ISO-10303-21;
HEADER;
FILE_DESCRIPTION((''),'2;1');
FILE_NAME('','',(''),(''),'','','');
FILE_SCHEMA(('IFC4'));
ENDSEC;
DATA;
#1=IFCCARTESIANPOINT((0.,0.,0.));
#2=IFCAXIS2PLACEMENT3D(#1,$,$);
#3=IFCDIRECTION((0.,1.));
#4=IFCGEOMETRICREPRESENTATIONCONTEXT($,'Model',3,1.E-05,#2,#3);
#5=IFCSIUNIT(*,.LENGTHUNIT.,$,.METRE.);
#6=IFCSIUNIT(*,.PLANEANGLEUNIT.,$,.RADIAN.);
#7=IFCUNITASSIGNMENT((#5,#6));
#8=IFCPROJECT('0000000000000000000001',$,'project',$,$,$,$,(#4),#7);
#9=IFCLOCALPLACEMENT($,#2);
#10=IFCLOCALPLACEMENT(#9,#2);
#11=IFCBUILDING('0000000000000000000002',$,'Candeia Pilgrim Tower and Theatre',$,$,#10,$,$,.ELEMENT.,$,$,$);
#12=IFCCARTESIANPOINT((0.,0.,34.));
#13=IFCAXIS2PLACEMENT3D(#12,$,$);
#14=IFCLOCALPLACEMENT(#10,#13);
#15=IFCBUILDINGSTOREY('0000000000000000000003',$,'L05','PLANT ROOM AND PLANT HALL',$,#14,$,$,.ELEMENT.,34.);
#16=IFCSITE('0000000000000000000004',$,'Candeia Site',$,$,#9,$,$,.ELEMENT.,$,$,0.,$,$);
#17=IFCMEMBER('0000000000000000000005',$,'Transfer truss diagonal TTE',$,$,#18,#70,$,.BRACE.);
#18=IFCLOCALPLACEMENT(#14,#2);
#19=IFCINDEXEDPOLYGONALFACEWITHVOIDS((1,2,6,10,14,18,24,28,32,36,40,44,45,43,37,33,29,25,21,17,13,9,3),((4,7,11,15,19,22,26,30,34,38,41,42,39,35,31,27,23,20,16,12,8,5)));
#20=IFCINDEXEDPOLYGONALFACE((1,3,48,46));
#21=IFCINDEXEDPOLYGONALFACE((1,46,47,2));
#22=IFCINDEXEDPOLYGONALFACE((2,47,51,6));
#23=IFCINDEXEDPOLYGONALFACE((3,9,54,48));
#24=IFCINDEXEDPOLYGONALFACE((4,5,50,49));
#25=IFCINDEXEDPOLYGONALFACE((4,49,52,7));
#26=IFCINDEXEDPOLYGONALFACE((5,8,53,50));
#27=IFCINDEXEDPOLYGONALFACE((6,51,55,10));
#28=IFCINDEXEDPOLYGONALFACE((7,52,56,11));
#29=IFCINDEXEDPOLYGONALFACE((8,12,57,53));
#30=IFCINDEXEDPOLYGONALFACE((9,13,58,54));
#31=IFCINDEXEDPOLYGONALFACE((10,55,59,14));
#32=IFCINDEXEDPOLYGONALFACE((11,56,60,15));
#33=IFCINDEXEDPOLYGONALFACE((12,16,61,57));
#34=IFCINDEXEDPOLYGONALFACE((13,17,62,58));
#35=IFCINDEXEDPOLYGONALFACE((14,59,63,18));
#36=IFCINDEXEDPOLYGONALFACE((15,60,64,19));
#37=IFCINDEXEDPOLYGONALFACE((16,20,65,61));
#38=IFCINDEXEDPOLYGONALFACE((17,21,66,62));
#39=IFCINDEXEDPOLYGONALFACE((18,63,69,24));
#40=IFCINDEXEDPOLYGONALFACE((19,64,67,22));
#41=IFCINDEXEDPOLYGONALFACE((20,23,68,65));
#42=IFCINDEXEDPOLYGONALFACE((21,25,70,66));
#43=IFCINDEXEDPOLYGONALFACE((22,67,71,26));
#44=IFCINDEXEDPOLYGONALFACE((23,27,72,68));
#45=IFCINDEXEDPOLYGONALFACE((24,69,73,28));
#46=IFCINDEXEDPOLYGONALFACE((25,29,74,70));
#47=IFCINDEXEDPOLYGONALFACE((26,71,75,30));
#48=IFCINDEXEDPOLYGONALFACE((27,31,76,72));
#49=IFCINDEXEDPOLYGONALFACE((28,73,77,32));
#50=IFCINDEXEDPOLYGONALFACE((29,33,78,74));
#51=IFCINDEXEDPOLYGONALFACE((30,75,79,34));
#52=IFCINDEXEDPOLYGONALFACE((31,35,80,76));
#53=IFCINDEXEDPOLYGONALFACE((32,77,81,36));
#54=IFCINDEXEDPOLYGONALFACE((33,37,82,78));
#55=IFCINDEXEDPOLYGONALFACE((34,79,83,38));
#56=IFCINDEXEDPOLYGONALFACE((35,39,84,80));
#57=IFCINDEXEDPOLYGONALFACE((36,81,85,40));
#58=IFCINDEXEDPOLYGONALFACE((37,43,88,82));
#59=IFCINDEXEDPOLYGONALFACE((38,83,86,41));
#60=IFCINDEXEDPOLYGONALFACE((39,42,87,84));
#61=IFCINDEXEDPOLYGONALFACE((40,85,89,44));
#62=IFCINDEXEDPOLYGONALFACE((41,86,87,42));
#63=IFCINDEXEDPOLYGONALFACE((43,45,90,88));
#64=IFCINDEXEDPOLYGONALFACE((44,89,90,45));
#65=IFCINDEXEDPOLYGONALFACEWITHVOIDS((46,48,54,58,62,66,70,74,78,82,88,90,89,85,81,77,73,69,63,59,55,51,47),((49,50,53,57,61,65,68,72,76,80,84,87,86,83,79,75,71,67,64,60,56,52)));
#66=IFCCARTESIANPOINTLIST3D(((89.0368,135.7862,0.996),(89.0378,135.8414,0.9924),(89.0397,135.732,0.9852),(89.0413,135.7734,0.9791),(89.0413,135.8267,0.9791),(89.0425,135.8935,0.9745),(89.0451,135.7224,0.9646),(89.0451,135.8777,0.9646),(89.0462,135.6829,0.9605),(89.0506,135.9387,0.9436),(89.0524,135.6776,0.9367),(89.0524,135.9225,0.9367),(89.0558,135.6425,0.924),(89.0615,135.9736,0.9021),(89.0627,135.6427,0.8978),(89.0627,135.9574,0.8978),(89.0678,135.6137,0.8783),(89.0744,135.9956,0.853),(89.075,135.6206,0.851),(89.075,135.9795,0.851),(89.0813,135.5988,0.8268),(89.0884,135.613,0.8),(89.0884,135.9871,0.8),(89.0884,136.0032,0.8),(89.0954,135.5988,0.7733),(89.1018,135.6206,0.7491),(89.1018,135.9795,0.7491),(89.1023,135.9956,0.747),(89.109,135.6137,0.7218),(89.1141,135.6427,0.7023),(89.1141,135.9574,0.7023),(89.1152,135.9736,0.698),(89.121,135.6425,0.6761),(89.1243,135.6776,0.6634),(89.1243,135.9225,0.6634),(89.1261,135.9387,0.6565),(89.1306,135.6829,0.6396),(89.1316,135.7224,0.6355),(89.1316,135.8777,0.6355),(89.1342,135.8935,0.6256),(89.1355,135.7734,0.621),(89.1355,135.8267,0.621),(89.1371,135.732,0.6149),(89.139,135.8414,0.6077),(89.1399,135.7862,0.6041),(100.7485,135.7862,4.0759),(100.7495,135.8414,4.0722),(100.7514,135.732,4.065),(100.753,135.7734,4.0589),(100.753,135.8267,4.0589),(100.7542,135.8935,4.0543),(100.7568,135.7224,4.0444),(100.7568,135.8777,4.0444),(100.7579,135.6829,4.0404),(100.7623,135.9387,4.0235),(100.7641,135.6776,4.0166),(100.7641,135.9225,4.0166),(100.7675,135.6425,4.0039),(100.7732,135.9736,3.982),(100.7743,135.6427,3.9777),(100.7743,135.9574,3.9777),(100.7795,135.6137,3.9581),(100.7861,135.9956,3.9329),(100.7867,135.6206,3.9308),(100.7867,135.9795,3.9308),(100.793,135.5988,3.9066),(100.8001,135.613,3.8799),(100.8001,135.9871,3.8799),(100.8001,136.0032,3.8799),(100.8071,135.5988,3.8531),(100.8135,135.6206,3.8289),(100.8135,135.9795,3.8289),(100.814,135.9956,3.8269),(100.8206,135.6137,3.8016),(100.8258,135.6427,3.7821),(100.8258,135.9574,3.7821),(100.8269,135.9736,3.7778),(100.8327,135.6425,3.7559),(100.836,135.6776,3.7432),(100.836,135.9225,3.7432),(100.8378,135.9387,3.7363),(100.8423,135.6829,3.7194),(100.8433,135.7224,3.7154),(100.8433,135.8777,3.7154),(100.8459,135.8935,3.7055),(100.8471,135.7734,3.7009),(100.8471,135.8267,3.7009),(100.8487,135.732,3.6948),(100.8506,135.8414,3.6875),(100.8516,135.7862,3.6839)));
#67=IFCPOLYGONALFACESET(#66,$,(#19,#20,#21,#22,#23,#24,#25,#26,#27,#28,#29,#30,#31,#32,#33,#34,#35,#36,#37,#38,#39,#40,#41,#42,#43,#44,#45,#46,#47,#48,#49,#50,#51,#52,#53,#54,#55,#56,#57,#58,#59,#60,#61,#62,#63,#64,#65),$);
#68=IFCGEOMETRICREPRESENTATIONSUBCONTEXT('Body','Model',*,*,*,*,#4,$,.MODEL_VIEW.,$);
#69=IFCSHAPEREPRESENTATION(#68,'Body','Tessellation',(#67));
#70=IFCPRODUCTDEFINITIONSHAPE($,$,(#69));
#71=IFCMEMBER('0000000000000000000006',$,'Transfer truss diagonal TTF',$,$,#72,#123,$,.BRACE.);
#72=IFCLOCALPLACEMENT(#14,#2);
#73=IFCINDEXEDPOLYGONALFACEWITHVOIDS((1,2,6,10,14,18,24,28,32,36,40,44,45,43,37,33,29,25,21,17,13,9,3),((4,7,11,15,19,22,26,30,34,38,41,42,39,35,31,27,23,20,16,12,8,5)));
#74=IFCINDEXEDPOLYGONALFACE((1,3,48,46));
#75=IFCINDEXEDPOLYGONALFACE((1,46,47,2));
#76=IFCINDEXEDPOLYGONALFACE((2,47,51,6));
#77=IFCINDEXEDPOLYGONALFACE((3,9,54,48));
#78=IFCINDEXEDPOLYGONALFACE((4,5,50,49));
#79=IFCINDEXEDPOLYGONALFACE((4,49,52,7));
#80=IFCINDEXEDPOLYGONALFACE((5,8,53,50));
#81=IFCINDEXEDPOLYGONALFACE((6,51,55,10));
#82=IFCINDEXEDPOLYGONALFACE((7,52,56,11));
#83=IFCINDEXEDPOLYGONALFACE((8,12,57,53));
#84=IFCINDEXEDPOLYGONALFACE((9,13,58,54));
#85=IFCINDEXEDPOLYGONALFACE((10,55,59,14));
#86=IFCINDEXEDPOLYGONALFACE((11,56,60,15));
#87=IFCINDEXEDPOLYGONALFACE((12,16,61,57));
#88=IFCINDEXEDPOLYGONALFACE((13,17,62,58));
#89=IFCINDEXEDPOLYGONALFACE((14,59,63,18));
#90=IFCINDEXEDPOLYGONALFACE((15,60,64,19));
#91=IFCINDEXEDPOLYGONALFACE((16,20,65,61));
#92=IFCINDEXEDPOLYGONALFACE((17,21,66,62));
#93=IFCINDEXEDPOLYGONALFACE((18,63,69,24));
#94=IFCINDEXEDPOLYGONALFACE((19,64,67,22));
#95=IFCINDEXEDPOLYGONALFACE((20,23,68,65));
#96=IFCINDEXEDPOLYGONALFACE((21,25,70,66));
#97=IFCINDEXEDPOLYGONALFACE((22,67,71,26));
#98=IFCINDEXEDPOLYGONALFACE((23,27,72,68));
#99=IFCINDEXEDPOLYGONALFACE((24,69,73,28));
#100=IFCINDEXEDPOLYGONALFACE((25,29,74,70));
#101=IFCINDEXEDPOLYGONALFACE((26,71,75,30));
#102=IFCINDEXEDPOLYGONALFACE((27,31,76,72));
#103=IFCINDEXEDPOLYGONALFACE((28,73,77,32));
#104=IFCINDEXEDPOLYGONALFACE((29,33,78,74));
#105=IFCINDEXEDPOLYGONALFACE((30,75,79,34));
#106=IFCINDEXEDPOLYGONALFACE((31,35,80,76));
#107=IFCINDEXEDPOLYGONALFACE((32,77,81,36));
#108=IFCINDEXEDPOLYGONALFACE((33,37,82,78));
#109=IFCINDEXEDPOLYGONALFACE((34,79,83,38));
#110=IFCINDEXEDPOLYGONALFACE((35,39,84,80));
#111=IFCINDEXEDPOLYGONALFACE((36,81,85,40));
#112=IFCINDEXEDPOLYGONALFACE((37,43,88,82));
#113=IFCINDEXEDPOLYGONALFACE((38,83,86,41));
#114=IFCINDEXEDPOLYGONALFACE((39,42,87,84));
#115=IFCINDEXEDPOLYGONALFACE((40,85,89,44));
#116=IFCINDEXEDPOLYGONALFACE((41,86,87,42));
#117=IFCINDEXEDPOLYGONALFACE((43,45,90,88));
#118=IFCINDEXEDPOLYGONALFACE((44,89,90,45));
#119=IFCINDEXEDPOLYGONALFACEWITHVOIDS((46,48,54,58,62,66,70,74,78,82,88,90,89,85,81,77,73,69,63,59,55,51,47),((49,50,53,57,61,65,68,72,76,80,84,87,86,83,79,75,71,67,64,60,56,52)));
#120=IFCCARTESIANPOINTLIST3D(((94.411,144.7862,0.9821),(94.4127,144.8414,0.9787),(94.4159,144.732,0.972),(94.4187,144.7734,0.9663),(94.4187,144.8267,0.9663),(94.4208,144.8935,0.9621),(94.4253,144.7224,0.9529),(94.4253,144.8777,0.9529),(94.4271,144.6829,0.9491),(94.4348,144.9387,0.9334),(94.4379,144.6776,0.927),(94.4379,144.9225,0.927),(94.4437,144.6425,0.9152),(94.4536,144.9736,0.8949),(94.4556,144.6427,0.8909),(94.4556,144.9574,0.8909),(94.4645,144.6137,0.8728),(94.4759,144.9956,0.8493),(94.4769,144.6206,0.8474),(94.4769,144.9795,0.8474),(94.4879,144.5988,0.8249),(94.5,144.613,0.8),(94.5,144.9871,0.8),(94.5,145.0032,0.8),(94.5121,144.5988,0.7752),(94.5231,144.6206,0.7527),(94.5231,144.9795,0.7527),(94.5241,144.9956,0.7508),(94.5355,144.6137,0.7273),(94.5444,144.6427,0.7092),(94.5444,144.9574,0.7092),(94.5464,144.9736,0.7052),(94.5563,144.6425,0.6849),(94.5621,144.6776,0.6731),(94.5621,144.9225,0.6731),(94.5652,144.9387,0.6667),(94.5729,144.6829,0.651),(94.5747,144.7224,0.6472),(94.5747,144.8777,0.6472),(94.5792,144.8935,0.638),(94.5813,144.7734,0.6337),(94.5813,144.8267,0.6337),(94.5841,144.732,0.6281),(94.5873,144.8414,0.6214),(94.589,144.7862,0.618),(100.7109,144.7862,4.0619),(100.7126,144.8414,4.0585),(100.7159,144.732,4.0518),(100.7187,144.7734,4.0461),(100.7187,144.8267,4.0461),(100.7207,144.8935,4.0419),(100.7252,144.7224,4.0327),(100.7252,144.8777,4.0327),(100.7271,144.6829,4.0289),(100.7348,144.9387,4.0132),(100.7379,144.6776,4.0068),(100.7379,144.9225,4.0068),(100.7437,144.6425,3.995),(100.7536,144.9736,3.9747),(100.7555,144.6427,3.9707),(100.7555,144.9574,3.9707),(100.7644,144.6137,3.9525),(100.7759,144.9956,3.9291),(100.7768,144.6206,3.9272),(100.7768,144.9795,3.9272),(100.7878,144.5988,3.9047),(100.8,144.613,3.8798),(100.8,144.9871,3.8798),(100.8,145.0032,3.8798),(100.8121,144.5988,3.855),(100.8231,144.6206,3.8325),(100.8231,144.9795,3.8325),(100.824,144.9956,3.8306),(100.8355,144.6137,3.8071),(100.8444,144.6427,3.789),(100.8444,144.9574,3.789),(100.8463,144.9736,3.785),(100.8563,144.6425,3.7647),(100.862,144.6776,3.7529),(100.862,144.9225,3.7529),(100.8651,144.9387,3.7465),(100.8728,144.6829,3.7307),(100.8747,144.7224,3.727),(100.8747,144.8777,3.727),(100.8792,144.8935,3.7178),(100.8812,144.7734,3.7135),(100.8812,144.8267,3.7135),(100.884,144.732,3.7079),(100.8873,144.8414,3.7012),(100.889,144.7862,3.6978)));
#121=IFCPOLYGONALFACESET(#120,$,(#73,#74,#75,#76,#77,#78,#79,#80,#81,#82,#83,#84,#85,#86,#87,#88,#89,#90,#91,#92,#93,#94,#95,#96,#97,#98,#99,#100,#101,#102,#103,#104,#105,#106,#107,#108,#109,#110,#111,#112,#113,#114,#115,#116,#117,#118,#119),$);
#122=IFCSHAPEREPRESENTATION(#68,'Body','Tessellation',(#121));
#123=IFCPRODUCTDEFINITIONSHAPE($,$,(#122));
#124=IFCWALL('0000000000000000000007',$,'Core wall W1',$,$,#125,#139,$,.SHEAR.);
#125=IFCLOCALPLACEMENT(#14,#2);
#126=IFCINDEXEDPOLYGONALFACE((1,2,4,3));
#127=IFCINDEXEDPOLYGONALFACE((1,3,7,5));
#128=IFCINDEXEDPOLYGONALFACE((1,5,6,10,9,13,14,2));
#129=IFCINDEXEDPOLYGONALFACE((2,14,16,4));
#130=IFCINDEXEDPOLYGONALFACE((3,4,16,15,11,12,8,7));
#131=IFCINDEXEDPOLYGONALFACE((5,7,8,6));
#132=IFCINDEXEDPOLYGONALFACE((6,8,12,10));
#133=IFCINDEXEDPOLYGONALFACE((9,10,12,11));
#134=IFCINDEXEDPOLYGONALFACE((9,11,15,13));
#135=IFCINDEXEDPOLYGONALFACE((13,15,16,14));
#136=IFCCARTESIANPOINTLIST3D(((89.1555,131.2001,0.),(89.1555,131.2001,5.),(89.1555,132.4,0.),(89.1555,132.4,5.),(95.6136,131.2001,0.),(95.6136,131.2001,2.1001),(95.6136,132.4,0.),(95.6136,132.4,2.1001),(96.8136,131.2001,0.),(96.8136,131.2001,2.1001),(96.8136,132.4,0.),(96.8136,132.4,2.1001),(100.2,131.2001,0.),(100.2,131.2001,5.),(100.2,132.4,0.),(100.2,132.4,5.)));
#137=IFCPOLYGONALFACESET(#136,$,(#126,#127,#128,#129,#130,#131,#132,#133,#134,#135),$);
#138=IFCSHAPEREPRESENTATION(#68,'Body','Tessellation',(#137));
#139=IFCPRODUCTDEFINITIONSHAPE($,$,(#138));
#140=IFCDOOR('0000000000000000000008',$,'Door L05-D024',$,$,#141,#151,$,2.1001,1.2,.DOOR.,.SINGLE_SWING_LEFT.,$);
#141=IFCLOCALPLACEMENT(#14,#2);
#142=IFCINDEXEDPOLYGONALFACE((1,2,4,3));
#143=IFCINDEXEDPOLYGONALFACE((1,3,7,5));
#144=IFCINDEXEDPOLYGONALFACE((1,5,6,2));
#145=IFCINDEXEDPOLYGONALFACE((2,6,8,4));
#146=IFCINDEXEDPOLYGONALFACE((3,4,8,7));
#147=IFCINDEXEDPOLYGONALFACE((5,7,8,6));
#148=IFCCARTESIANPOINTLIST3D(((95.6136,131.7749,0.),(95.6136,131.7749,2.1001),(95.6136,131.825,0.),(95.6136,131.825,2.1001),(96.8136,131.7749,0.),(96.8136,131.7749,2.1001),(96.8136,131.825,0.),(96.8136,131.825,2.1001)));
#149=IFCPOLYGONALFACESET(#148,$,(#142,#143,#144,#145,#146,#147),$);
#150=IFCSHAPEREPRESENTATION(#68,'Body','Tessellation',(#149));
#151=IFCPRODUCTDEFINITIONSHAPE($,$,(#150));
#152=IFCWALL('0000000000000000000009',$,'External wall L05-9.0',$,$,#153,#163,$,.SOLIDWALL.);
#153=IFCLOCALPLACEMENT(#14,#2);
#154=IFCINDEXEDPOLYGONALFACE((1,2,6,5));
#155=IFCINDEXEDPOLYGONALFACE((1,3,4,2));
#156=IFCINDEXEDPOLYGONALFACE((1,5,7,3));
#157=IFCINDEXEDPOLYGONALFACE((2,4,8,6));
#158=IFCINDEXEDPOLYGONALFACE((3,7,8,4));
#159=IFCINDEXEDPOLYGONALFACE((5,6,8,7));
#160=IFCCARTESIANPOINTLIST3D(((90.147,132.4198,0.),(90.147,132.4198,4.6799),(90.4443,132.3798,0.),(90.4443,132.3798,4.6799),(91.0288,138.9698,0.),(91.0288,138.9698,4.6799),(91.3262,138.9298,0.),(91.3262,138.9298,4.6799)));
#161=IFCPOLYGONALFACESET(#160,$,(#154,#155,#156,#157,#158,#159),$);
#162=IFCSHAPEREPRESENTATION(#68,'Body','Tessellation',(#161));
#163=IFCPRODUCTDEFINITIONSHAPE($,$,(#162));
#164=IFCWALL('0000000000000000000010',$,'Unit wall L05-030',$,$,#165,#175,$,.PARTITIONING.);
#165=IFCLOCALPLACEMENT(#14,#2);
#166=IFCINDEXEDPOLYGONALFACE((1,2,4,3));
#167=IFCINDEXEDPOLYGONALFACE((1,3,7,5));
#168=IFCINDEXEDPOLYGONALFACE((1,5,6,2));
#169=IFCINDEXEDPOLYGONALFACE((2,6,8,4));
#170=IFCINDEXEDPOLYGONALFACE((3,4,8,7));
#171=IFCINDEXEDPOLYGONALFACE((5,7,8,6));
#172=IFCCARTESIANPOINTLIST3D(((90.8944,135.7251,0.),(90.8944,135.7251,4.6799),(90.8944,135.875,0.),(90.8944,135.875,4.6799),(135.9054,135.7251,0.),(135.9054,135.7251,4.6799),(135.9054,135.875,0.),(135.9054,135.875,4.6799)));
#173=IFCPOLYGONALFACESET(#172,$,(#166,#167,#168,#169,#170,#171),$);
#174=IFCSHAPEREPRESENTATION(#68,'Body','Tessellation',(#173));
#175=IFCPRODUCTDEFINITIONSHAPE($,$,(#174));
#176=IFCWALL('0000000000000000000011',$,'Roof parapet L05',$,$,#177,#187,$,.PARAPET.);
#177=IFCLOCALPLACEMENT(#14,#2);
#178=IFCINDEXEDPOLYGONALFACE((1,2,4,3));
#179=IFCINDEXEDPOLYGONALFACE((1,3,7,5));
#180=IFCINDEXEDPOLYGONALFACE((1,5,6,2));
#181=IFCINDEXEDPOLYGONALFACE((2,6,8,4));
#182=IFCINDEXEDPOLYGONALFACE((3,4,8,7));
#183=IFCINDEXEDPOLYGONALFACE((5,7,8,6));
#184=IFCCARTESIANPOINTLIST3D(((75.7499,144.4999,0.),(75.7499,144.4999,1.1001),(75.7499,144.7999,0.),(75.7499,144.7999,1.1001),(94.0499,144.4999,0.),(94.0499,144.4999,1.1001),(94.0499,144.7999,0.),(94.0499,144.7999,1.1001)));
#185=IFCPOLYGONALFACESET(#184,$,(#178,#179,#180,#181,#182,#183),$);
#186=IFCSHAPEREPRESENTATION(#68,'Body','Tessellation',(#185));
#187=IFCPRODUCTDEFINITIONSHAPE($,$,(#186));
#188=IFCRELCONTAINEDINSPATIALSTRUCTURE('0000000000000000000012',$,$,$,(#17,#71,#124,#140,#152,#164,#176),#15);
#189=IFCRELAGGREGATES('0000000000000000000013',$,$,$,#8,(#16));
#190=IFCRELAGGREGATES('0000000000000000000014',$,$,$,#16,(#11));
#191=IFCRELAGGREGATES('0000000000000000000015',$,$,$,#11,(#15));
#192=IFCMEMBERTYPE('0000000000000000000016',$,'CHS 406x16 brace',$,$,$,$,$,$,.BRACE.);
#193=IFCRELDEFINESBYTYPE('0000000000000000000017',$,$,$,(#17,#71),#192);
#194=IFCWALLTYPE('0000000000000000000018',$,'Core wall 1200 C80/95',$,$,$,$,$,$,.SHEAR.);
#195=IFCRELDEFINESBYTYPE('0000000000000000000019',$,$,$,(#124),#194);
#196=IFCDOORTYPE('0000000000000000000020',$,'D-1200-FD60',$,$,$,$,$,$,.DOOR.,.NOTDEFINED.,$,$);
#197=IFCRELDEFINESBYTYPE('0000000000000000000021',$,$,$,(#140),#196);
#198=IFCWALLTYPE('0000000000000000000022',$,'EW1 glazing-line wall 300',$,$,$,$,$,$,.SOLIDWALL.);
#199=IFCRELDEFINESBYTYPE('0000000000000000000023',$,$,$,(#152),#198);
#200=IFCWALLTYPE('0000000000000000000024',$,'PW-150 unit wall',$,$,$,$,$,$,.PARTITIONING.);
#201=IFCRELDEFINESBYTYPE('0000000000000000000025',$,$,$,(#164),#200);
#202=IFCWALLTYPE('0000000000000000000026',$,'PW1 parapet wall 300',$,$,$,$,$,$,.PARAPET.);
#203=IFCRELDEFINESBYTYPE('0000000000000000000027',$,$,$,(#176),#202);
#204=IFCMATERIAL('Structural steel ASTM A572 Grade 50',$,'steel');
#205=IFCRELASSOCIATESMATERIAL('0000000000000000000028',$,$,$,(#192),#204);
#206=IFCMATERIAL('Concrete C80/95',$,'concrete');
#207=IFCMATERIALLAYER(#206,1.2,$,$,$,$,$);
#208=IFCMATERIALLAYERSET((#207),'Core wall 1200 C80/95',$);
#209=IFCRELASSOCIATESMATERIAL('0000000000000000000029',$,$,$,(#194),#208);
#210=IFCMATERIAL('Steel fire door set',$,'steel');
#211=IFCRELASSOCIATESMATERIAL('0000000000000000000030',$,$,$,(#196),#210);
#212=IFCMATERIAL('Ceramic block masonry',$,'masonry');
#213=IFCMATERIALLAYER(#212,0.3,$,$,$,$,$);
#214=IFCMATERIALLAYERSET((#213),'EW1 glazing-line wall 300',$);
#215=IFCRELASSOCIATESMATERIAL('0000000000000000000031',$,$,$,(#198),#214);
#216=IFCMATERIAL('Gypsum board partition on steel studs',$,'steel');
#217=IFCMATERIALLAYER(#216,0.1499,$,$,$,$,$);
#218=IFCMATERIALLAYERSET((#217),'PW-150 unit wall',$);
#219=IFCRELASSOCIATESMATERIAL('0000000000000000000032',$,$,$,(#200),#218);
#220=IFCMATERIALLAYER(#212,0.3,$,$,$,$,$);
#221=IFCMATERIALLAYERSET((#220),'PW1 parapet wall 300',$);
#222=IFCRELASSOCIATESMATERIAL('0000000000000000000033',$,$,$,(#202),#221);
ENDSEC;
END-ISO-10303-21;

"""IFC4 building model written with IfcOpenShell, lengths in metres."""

from ifc_helpers import new_model, si_unit, direction, frame, frame_2d, origin, origin_2d, place, context, subcontext, project, spatial, rectangle, hollow_circle, extrude, material, layer, layer_set, material_profile, profile_set, type_object, element, fill, save


model = new_model("IFC4")

# Units and contexts
model_context = context("Model", 3, precision=1e-05, world=origin(), true_north=direction((0.0, 1.0)))
body_context = subcontext(model_context, "Body", "Model", "MODEL_VIEW")
ifc_project = project(units=[si_unit("LENGTHUNIT", "METRE"), si_unit("PLANEANGLEUNIT", "RADIAN")], contexts=[model_context])

# Site, building, storey
site_placement = place(None, origin())
site = spatial("IfcSite", under=ifc_project, at=site_placement, Name="Candeia Site", CompositionType="ELEMENT", RefElevation=0.0)
building_placement = place(site_placement, origin())
building = spatial("IfcBuilding", under=site, at=building_placement, Name="Candeia Pilgrim Tower and Theatre", CompositionType="ELEMENT")
storey_placement = place(building_placement, frame((0.0, 0.0, 34.0)))
storey = spatial("IfcBuildingStorey", under=building, at=storey_placement, Name="L05", Description="PLANT ROOM AND PLANT HALL", CompositionType="ELEMENT", Elevation=34.0)

# Members
ifc_material_1 = material(Name="Structural steel ASTM A572 Grade 50", Category="steel")
ifc_material_profile_1 = material_profile(ifc_material_1, hollow_circle(Radius=0.2031, WallThickness=0.0161, at=origin_2d()))
ifc_profile_set_1 = profile_set([ifc_material_profile_1], Name="Structural steel ASTM A572 Grade 50")
member_type_1 = type_object("IfcMemberType", Name="CHS 406x16 brace", PredefinedType="BRACE", material=ifc_profile_set_1)
member_1_placement = place(storey_placement, frame((89.0884, 135.8, 0.8), z_axis=(0.967119, 0.0, 0.254325), x_axis=(0.0, 1.0, 0.0)))
element("IfcMember", 1, at=member_1_placement, inside=storey, type_object=member_type_1, Name="Transfer truss diagonal TTE", PredefinedType="BRACE", context=body_context, shape_type="SweptSolid", body=[
    extrude(hollow_circle(Radius=0.2031, WallThickness=0.0161, at=origin_2d()), origin(), (0.0, 0.0, 1.0), 12.1099),
])
member_2_placement = place(storey_placement, frame((94.5, 144.8, 0.8), z_axis=(0.898395, 0.0, 0.439188), x_axis=(0.0, 1.0, 0.0)))
element("IfcMember", 2, at=member_2_placement, inside=storey, type_object=member_type_1, Name="Transfer truss diagonal TTF", PredefinedType="BRACE", context=body_context, shape_type="SweptSolid", body=[
    extrude(hollow_circle(Radius=0.2031, WallThickness=0.0161, at=origin_2d()), origin(), (0.0, 0.0, 1.0), 7.0125),
])

# Wall, opening, door
ifc_material_2 = material(Name="Concrete C80/95", Category="concrete")
ifc_layer_1 = layer(ifc_material_2, 1.2)
ifc_layer_set_1 = layer_set([ifc_layer_1], Name="Core wall 1200 C80/95")
wall_type_1 = type_object("IfcWallType", Name="Core wall 1200 C80/95", PredefinedType="SHEAR", material=ifc_layer_set_1)
wall_1_placement = place(storey_placement, frame((89.1555, 131.8, 0.0), z_axis=(0.0, 0.0, 1.0), x_axis=(1.0, 0.0, 0.0)))
wall_1 = element("IfcWall", 3, at=wall_1_placement, inside=storey, type_object=wall_type_1, Name="Core wall W1", PredefinedType="SHEAR", context=body_context, shape_type="SweptSolid", body=[
    extrude(rectangle(XDim=11.0444, YDim=1.2, at=frame_2d((5.5222, 0.0))), origin(), (0.0, 0.0, 1.0), 5.0),
])
opening_placement = place(wall_1_placement, frame((6.458, 0.0, 0.0)))
opening = element("IfcOpeningElement", 4, at=opening_placement, cuts=wall_1, PredefinedType="OPENING", context=body_context, shape_type="SweptSolid", body=[
    extrude(rectangle(XDim=1.2, YDim=2.1001, at=frame_2d((0.6001, 1.05))), frame((0.0, 0.6099, 0.0), z_axis=(0.0, -1.0, 0.0), x_axis=(1.0, 0.0, 0.0)), (0.0, 0.0, 1.0), 1.22),
])
ifc_material_3 = material(Name="Steel fire door set", Category="steel")
door_type = type_object("IfcDoorType", Name="D-1200-FD60", OperationType="NOTDEFINED", PredefinedType="DOOR", material=ifc_material_3)
door_placement = place(opening_placement, origin())
door = element("IfcDoor", 5, at=door_placement, inside=storey, type_object=door_type, Name="Door L05-D024", OperationType="SINGLE_SWING_LEFT", OverallHeight=2.1001, OverallWidth=1.2, PredefinedType="DOOR", context=body_context, shape_type="SweptSolid", body=[
    extrude(rectangle(XDim=1.2, YDim=2.1001, at=frame_2d((0.6001, 1.05))), frame((0.0, 0.0249, 0.0), z_axis=(0.0, -1.0, 0.0), x_axis=(1.0, 0.0, 0.0)), (0.0, 0.0, 1.0), 0.05),
])
fill(opening, door)

# Walls
ifc_material_4 = material(Name="Ceramic block masonry", Category="masonry")
ifc_layer_2 = layer(ifc_material_4, 0.3)
ifc_layer_set_2 = layer_set([ifc_layer_2], Name="EW1 glazing-line wall 300")
wall_type_2 = type_object("IfcWallType", Name="EW1 glazing-line wall 300", PredefinedType="SOLIDWALL", material=ifc_layer_set_2)
wall_2_placement = place(storey_placement, frame((91.1775, 138.95, 0.0), z_axis=(0.0, 0.0, 1.0), x_axis=(-0.133427, -0.991059, 0.0)))
element("IfcWall", 6, at=wall_2_placement, inside=storey, type_object=wall_type_2, Name="External wall L05-9.0", PredefinedType="SOLIDWALL", context=body_context, shape_type="SweptSolid", body=[
    extrude(rectangle(XDim=6.6091, YDim=0.3, at=frame_2d((3.3047, 0.0))), origin(), (0.0, 0.0, 1.0), 4.6799),
])
ifc_material_5 = material(Name="Gypsum board partition on steel studs", Category="steel")
ifc_layer_3 = layer(ifc_material_5, 0.1499)
ifc_layer_set_3 = layer_set([ifc_layer_3], Name="PW-150 unit wall")
wall_type_3 = type_object("IfcWallType", Name="PW-150 unit wall", PredefinedType="PARTITIONING", material=ifc_layer_set_3)
wall_3_placement = place(storey_placement, frame((90.8945, 135.8, 0.0), z_axis=(0.0, 0.0, 1.0), x_axis=(1.0, 0.0, 0.0)))
element("IfcWall", 7, at=wall_3_placement, inside=storey, type_object=wall_type_3, Name="Unit wall L05-030", PredefinedType="PARTITIONING", context=body_context, shape_type="SweptSolid", body=[
    extrude(rectangle(XDim=45.011, YDim=0.1499, at=frame_2d((22.5054, 0.0))), origin(), (0.0, 0.0, 1.0), 4.6799),
])
ifc_layer_4 = layer(ifc_material_4, 0.3)
ifc_layer_set_4 = layer_set([ifc_layer_4], Name="PW1 parapet wall 300")
wall_type_4 = type_object("IfcWallType", Name="PW1 parapet wall 300", PredefinedType="PARAPET", material=ifc_layer_set_4)
wall_4_placement = place(storey_placement, frame((75.75, 144.6499, 0.0), z_axis=(0.0, 0.0, 1.0), x_axis=(1.0, 0.0, 0.0)))
element("IfcWall", 8, at=wall_4_placement, inside=storey, type_object=wall_type_4, Name="Roof parapet L05", PredefinedType="PARAPET", context=body_context, shape_type="SweptSolid", body=[
    extrude(rectangle(XDim=18.3, YDim=0.3, at=frame_2d((9.1499, 0.0))), origin(), (0.0, 0.0, 1.0), 1.1001),
])

save(model, "model.ifc")
